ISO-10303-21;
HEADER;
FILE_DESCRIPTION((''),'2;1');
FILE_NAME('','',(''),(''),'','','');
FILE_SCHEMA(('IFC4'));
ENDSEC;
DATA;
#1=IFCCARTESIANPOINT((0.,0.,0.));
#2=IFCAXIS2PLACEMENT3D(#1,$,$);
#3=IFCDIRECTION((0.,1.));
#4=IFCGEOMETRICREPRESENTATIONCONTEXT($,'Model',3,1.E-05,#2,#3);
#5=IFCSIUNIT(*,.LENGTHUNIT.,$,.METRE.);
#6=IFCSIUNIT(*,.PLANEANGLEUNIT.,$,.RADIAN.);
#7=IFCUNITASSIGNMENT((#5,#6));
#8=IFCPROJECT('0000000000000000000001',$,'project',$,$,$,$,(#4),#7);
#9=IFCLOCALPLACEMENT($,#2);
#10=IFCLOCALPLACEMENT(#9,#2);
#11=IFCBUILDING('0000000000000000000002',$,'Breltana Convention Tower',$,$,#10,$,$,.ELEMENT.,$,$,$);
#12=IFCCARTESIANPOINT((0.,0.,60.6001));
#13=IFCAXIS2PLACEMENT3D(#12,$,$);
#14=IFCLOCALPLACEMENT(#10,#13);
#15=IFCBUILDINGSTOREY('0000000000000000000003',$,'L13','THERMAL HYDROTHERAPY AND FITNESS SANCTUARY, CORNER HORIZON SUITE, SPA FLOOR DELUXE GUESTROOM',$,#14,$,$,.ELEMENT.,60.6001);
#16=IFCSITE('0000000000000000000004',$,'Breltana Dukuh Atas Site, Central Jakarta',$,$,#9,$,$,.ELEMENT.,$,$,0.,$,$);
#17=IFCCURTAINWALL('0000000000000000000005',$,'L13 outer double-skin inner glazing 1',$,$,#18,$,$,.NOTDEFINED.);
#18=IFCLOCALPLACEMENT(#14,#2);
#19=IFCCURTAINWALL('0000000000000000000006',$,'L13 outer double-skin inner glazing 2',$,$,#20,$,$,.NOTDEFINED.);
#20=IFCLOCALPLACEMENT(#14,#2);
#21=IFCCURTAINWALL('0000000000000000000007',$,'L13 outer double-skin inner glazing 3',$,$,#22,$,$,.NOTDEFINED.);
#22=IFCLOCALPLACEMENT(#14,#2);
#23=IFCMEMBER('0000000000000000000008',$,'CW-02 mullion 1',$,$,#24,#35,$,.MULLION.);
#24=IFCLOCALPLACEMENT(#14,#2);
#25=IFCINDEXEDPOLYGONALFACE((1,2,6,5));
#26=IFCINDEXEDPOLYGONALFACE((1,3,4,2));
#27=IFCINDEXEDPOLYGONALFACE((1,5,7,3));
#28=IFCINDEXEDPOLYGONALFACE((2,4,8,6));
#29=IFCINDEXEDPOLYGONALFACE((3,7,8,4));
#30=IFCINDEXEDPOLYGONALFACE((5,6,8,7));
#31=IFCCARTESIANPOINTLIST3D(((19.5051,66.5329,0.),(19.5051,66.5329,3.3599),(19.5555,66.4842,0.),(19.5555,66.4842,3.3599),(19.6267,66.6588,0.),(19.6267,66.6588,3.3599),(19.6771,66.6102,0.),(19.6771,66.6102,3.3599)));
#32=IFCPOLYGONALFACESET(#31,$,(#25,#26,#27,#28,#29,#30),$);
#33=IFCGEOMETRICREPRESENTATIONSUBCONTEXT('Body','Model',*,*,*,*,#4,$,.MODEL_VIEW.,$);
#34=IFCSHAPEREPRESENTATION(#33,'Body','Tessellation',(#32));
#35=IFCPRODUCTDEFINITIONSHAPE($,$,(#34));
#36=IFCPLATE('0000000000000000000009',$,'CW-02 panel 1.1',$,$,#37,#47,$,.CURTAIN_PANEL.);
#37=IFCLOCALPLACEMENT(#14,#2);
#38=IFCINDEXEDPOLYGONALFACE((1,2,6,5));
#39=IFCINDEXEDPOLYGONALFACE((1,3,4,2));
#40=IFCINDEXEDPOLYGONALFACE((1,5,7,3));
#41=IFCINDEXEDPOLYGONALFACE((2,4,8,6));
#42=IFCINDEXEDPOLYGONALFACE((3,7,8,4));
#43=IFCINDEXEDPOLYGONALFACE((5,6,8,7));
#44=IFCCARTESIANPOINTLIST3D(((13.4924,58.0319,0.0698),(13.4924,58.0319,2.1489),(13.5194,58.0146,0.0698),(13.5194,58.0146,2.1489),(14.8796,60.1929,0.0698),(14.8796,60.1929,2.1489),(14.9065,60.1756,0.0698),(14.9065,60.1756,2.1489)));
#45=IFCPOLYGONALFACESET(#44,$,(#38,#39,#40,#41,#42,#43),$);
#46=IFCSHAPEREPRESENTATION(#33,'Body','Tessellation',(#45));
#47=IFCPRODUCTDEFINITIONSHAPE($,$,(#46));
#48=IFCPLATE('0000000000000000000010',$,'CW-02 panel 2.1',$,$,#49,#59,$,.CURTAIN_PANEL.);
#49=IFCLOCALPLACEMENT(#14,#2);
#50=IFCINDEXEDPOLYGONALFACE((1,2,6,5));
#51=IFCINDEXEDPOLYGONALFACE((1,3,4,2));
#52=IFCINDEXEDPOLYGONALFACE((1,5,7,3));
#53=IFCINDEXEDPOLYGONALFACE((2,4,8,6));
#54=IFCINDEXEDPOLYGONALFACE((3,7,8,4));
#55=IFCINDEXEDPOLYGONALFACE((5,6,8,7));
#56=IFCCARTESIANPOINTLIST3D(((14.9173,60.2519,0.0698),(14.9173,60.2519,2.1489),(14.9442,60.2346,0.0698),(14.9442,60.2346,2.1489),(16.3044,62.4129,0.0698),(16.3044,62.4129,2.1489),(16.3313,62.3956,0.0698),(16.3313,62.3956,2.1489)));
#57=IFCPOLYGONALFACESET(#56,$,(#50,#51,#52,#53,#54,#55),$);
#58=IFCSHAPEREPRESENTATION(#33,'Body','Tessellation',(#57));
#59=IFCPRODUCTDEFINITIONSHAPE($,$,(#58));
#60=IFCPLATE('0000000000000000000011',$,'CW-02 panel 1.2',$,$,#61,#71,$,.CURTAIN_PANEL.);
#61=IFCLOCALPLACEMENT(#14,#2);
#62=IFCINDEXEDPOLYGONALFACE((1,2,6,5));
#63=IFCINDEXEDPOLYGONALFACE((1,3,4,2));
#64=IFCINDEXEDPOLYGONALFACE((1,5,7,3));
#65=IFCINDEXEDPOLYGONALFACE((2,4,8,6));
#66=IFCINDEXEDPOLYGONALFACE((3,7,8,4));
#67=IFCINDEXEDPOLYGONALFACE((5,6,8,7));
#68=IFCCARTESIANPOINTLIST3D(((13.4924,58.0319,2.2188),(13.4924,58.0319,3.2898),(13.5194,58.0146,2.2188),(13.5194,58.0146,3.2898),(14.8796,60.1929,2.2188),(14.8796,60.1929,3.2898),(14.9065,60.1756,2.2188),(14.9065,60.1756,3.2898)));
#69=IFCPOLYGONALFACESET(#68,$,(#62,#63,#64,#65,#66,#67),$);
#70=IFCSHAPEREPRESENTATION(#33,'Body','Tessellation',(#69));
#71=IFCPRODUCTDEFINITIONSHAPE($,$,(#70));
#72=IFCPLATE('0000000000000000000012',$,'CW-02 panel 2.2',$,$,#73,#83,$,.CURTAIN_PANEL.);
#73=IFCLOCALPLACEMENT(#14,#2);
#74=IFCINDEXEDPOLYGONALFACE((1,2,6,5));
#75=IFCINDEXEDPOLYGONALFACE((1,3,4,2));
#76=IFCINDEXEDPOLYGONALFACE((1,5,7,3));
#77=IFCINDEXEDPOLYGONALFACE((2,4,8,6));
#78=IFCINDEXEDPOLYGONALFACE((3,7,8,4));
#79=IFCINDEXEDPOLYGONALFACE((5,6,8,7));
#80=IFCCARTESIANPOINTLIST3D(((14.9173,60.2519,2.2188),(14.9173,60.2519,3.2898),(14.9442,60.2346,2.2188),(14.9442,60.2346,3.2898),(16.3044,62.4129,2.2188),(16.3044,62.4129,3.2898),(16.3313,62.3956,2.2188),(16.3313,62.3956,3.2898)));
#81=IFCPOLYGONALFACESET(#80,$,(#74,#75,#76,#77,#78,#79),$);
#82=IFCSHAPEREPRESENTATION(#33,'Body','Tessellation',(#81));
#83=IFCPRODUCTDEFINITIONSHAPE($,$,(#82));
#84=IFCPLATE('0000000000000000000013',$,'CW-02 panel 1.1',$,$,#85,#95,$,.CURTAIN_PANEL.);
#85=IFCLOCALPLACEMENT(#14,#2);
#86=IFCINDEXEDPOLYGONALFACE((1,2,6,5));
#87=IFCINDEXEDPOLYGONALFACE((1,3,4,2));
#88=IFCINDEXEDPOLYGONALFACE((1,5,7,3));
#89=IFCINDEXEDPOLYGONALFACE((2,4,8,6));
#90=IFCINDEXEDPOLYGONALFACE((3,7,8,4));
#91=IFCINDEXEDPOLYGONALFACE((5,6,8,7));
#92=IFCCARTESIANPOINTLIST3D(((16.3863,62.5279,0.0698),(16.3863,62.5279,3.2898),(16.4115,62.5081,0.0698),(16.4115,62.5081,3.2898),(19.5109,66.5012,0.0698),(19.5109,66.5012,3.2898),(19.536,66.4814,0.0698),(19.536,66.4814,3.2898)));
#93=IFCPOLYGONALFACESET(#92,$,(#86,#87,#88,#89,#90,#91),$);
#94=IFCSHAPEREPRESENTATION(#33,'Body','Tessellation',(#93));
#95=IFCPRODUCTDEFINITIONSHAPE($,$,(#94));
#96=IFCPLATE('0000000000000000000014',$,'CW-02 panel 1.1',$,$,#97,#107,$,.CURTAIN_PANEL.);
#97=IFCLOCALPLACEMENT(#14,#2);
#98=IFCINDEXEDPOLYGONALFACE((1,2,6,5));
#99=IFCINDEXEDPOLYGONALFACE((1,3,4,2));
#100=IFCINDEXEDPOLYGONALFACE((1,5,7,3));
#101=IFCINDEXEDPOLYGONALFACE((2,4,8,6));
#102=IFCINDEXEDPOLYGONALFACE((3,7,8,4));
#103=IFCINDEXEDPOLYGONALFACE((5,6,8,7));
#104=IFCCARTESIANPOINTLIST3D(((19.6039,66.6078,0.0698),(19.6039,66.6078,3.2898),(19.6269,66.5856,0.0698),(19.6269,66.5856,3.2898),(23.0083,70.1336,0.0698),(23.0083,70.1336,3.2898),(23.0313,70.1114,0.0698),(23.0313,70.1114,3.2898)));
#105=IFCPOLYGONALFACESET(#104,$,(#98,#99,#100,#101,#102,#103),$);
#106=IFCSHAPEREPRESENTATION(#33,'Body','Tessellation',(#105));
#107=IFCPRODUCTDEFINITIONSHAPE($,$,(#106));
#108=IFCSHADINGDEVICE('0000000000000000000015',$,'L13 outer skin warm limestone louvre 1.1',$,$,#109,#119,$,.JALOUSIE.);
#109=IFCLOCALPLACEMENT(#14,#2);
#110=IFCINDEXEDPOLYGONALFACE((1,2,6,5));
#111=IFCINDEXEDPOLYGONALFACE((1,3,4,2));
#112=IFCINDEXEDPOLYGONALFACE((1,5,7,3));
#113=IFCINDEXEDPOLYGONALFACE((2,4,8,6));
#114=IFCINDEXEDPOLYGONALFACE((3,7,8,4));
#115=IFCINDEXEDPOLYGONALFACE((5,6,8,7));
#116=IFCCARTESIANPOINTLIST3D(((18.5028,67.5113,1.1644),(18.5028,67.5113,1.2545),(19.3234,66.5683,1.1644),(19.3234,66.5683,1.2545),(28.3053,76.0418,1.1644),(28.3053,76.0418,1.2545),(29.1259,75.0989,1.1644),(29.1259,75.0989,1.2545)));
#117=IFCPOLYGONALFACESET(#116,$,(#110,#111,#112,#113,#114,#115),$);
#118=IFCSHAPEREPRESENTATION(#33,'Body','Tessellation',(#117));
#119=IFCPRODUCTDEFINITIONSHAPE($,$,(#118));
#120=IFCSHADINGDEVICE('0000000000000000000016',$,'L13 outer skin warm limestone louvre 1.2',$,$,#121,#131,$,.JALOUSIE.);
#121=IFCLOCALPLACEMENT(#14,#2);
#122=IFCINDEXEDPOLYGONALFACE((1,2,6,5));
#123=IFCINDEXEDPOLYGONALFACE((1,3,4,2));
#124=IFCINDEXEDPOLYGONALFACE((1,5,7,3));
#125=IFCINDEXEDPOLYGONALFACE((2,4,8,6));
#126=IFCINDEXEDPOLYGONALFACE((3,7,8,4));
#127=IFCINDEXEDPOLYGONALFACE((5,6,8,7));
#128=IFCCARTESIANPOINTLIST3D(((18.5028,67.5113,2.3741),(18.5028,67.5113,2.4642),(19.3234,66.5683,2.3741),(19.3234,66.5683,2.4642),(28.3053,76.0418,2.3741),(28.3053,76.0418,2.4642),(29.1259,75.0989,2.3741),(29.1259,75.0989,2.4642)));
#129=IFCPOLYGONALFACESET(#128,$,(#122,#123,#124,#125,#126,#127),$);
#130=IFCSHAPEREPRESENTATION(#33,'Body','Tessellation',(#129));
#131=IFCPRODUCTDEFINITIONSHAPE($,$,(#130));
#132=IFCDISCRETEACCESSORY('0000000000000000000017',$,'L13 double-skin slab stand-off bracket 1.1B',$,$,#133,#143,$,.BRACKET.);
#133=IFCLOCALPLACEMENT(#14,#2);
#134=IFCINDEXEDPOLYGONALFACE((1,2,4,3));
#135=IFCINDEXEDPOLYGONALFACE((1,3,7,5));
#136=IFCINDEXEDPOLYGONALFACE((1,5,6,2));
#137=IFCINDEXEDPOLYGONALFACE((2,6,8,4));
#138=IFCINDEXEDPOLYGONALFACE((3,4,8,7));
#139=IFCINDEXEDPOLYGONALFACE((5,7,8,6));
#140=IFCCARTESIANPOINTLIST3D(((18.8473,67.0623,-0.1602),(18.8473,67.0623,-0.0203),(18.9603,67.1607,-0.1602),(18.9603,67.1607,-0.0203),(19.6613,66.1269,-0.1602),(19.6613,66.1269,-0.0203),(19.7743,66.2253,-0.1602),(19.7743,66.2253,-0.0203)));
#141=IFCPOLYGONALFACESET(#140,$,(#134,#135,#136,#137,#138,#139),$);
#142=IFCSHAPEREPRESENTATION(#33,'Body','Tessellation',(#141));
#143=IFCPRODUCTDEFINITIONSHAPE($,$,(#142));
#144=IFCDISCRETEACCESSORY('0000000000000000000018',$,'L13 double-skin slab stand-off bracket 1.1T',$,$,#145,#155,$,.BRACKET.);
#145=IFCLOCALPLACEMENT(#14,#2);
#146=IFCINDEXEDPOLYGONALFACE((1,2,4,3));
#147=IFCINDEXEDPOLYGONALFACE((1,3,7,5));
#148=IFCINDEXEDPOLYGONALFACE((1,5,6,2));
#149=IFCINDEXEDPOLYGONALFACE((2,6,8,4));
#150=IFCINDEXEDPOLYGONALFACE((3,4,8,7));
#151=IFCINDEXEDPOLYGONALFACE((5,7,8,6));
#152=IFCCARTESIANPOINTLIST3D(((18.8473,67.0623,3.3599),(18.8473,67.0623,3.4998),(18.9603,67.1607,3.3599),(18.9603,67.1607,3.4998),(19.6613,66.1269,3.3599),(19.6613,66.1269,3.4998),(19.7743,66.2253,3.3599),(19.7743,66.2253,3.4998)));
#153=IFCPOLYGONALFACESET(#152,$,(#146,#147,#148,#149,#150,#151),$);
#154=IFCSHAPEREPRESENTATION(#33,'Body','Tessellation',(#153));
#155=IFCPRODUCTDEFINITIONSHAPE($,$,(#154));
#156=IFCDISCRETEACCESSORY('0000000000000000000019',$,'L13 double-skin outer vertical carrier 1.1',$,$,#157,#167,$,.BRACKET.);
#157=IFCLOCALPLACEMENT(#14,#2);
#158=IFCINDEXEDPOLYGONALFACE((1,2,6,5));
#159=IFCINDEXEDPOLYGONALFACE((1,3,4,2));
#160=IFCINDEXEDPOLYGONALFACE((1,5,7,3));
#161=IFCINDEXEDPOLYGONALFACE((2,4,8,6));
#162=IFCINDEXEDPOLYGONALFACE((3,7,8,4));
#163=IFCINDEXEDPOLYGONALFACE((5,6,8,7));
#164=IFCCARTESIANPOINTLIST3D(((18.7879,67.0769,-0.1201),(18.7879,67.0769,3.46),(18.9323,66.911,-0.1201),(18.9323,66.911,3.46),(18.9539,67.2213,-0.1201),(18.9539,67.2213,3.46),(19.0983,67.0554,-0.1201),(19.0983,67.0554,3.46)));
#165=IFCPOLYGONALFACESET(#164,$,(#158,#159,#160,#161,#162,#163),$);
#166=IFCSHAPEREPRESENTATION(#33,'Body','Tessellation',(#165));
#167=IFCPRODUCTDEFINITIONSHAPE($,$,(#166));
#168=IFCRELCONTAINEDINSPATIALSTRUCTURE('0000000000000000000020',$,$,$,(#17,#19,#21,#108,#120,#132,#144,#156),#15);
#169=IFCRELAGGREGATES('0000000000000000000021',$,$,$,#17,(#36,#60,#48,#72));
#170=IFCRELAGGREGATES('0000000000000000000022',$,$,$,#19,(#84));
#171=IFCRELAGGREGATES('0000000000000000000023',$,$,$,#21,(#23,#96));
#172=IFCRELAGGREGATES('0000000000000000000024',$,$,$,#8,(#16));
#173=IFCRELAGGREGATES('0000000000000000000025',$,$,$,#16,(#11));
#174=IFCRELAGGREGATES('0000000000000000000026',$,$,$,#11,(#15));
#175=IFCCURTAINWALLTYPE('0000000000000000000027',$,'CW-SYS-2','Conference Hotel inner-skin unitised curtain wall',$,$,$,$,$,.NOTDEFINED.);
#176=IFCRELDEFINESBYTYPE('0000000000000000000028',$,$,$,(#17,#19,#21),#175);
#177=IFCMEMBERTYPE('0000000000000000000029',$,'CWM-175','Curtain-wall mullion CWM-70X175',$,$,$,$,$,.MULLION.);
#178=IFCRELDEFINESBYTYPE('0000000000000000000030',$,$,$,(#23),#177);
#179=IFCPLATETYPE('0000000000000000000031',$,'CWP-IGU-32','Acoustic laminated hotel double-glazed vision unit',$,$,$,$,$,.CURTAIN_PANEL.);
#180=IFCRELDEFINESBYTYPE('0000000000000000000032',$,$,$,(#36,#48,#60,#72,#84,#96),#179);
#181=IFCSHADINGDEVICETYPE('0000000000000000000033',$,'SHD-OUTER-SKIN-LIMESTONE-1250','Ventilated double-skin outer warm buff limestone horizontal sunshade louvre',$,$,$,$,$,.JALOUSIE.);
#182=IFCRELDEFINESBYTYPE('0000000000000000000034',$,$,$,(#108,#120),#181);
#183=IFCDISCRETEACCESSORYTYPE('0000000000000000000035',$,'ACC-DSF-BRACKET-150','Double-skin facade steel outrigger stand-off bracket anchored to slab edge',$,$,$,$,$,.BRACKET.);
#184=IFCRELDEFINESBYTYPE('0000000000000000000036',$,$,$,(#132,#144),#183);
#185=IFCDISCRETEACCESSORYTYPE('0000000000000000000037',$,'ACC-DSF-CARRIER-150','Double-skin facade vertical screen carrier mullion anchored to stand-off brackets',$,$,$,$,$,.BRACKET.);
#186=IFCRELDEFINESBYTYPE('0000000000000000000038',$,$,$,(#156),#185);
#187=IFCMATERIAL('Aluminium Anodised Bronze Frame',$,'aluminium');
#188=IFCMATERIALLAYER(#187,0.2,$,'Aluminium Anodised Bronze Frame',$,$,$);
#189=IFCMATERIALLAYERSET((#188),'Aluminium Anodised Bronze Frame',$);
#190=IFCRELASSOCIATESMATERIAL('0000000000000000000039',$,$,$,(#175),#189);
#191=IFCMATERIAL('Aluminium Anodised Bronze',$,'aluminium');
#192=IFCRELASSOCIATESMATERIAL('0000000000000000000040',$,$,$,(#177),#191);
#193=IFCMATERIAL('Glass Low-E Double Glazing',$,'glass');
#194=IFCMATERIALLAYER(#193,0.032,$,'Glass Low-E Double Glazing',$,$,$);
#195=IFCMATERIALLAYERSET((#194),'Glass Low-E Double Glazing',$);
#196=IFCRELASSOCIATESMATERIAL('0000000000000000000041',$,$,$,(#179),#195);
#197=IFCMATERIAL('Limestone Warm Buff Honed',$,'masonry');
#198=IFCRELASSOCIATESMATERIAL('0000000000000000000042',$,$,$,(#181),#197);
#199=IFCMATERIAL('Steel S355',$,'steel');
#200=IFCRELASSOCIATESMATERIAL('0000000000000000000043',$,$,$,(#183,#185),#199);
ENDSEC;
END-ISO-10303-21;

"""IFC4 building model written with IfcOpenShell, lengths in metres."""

from ifc_helpers import new_model, si_unit, direction, frame, origin, origin_2d, place, context, subcontext, project, spatial, rectangle, extrude, source, transform, mapped, material, layer, layer_set, material_profile, profile_set, type_object, type_shapes, element, aggregate, save


model = new_model("IFC4")

# Units and contexts
model_context = context("Model", 3, precision=1e-05, world=origin(), true_north=direction((0.0, 1.0)))
body_context = subcontext(model_context, "Body", "Model", "MODEL_VIEW")
ifc_project = project(units=[si_unit("LENGTHUNIT", "METRE"), si_unit("PLANEANGLEUNIT", "RADIAN")], contexts=[model_context])

# Site, building, storey
site_placement = place(None, origin())
site = spatial("IfcSite", under=ifc_project, at=site_placement, Name="Breltana Dukuh Atas Site, Central Jakarta", CompositionType="ELEMENT", RefElevation=0.0)
building_placement = place(site_placement, origin())
building = spatial("IfcBuilding", under=site, at=building_placement, Name="Breltana Convention Tower", CompositionType="ELEMENT")
storey_placement = place(building_placement, frame((0.0, 0.0, 60.6001)))
storey = spatial("IfcBuildingStorey", under=building, at=storey_placement, Name="L13", Description="THERMAL HYDROTHERAPY AND FITNESS SANCTUARY, CORNER HORIZON SUITE, SPA FLOOR DELUXE GUESTROOM", CompositionType="ELEMENT", Elevation=60.6001)

# Curtain walls
ifc_material_1 = material(Name="Aluminium Anodised Bronze Frame", Category="aluminium")
ifc_layer_1 = layer(ifc_material_1, 0.2, Name="Aluminium Anodised Bronze Frame")
ifc_layer_set_1 = layer_set([ifc_layer_1], Name="Aluminium Anodised Bronze Frame")
curtain_wall_type = type_object("IfcCurtainWallType", Name="CW-SYS-2", Description="Conference Hotel inner-skin unitised curtain wall", PredefinedType="NOTDEFINED", material=ifc_layer_set_1)
curtain_wall_1_placement = place(storey_placement, origin())
curtain_wall_1 = element("IfcCurtainWall", 1, at=curtain_wall_1_placement, inside=storey, type_object=curtain_wall_type, Name="L13 outer double-skin inner glazing 1", PredefinedType="NOTDEFINED")
ifc_material_2 = material(Name="Aluminium Anodised Bronze", Category="aluminium")
curtain_wall_2_placement = place(storey_placement, origin())
curtain_wall_2 = element("IfcCurtainWall", 2, at=curtain_wall_2_placement, inside=storey, type_object=curtain_wall_type, Name="L13 outer double-skin inner glazing 2", PredefinedType="NOTDEFINED")
curtain_wall_3_placement = place(storey_placement, origin())
curtain_wall_3 = element("IfcCurtainWall", 3, at=curtain_wall_3_placement, inside=storey, type_object=curtain_wall_type, Name="L13 outer double-skin inner glazing 3", PredefinedType="NOTDEFINED")

# Member
ifc_material_profile_1 = material_profile(ifc_material_2, rectangle(XDim=0.0701, YDim=0.175, at=origin_2d()), Name="CWM-70X175")
ifc_profile_set_1 = profile_set([ifc_material_profile_1], Name="Aluminium Anodised Bronze")
member_type_1 = type_object("IfcMemberType", Name="CWM-175", Description="Curtain-wall mullion CWM-70X175", PredefinedType="MULLION", material=ifc_profile_set_1)
shared_shape_1 = source(origin(), body_context, "Body", "SweptSolid", [
    extrude(rectangle(XDim=0.0701, YDim=0.175, at=origin_2d()), origin(), (0.0, 0.0, 1.0), 3.3599),
])
member_1_placement = place(storey_placement, frame((19.5911, 66.5715, 0.0), z_axis=(0.0, 0.0, 1.0), x_axis=(-0.719386, 0.69461, 0.0)))
member_1 = element("IfcMember", 4, at=member_1_placement, type_object=member_type_1, Name="CW-02 mullion 1", PredefinedType="MULLION", context=body_context, shape_type="MappedRepresentation", body=[
    mapped(shared_shape_1, transform((0.0, 0.0, 0.0), scale=1.0)),
])

# Plates
ifc_material_3 = material(Name="Glass Low-E Double Glazing", Category="glass")
ifc_layer_2 = layer(ifc_material_3, 0.032, Name="Glass Low-E Double Glazing")
ifc_layer_set_2 = layer_set([ifc_layer_2], Name="Glass Low-E Double Glazing")
plate_type = type_object("IfcPlateType", Name="CWP-IGU-32", Description="Acoustic laminated hotel double-glazed vision unit", PredefinedType="CURTAIN_PANEL", material=ifc_layer_set_2)
shared_shape_2 = source(origin(), body_context, "Body", "SweptSolid", [
    extrude(rectangle(XDim=2.5679, YDim=0.032, at=origin_2d()), origin(), (0.0, 0.0, 1.0), 2.0791),
])
type_shapes(plate_type, [shared_shape_2])
plate_1_placement = place(storey_placement, frame((14.1995, 59.1038, 0.0698), z_axis=(0.0, 0.0, 1.0), x_axis=(0.540181, 0.841549, 0.0)))
plate_1 = element("IfcPlate", 5, at=plate_1_placement, type_object=plate_type, Name="CW-02 panel 1.1", PredefinedType="CURTAIN_PANEL", context=body_context, shape_type="MappedRepresentation", body=[
    mapped(shared_shape_2, transform((0.0, 0.0, 0.0), scale=1.0)),
])
plate_2_placement = place(storey_placement, frame((15.6243, 61.3237, 0.0698), z_axis=(0.0, 0.0, 1.0), x_axis=(0.540181, 0.841549, 0.0)))
plate_2 = element("IfcPlate", 6, at=plate_2_placement, type_object=plate_type, Name="CW-02 panel 2.1", PredefinedType="CURTAIN_PANEL", context=body_context, shape_type="MappedRepresentation", body=[
    mapped(shared_shape_2, transform((0.0, 0.0, 0.0), scale=1.0)),
])
shared_shape_3 = source(origin(), body_context, "Body", "SweptSolid", [
    extrude(rectangle(XDim=2.5679, YDim=0.032, at=origin_2d()), origin(), (0.0, 0.0, 1.0), 1.071),
])
plate_3_placement = place(storey_placement, frame((14.1995, 59.1038, 2.2188), z_axis=(0.0, 0.0, 1.0), x_axis=(0.540181, 0.841549, 0.0)))
plate_3 = element("IfcPlate", 7, at=plate_3_placement, type_object=plate_type, Name="CW-02 panel 1.2", PredefinedType="CURTAIN_PANEL", context=body_context, shape_type="MappedRepresentation", body=[
    mapped(shared_shape_3, transform((0.0, 0.0, 0.0), scale=1.0)),
])
plate_4_placement = place(storey_placement, frame((15.6243, 61.3237, 2.2188), z_axis=(0.0, 0.0, 1.0), x_axis=(0.540181, 0.841549, 0.0)))
plate_4 = element("IfcPlate", 8, at=plate_4_placement, type_object=plate_type, Name="CW-02 panel 2.2", PredefinedType="CURTAIN_PANEL", context=body_context, shape_type="MappedRepresentation", body=[
    mapped(shared_shape_3, transform((0.0, 0.0, 0.0), scale=1.0)),
])
aggregate(curtain_wall_1, [plate_1, plate_3, plate_2, plate_4])
shared_shape_4 = source(origin(), body_context, "Body", "SweptSolid", [
    extrude(rectangle(XDim=5.0547, YDim=0.032, at=origin_2d()), origin(), (0.0, 0.0, 1.0), 3.22),
])
plate_5_placement = place(storey_placement, frame((17.9612, 64.5046, 0.0698), z_axis=(0.0, 0.0, 1.0), x_axis=(0.618154, 0.786057, 0.0)))
plate_5 = element("IfcPlate", 9, at=plate_5_placement, type_object=plate_type, Name="CW-02 panel 1.1", PredefinedType="CURTAIN_PANEL", context=body_context, shape_type="MappedRepresentation", body=[
    mapped(shared_shape_4, transform((0.0, 0.0, 0.0), scale=1.0)),
])
aggregate(curtain_wall_2, [plate_5])
shared_shape_5 = source(origin(), body_context, "Body", "SweptSolid", [
    extrude(rectangle(XDim=4.9011, YDim=0.032, at=origin_2d()), origin(), (0.0, 0.0, 1.0), 3.22),
])
plate_6_placement = place(storey_placement, frame((21.3176, 68.3596, 0.0698), z_axis=(0.0, 0.0, 1.0), x_axis=(0.69461, 0.719386, 0.0)))
plate_6 = element("IfcPlate", 10, at=plate_6_placement, type_object=plate_type, Name="CW-02 panel 1.1", PredefinedType="CURTAIN_PANEL", context=body_context, shape_type="MappedRepresentation", body=[
    mapped(shared_shape_5, transform((0.0, 0.0, 0.0), scale=1.0)),
])
aggregate(curtain_wall_3, [member_1, plate_6])

# Shading devices
ifc_material_4 = material(Name="Limestone Warm Buff Honed", Category="masonry")
ifc_material_profile_2 = material_profile(ifc_material_4, rectangle(XDim=1.25, YDim=0.0901, at=origin_2d()), Name="STN-LVR-1250X90")
ifc_profile_set_2 = profile_set([ifc_material_profile_2], Name="Limestone Warm Buff Honed")
shading_device_type = type_object("IfcShadingDeviceType", Name="SHD-OUTER-SKIN-LIMESTONE-1250", Description="Ventilated double-skin outer warm buff limestone horizontal sunshade louvre", PredefinedType="JALOUSIE", material=ifc_profile_set_2)
shared_shape_6 = source(origin(), body_context, "Body", "SweptSolid", [
    extrude(rectangle(XDim=1.25, YDim=0.0901, at=origin_2d()), origin(), (0.0, 0.0, 1.0), 12.9946),
])
type_shapes(shading_device_type, [shared_shape_6])
for number, where, z_axis, x_axis, name in (
    (11, (18.9131, 67.0398, 1.2095), (0.754353, 0.656468, 0.0), (-0.656468, 0.754353, 0.0), "L13 outer skin warm limestone louvre 1.1"),
    (12, (18.9131, 67.0398, 2.4192), (0.754353, 0.656468, 0.0), (-0.656468, 0.754353, 0.0), "L13 outer skin warm limestone louvre 1.2"),
):
    element("IfcShadingDevice", number, at=place(storey_placement, frame(where, z_axis=z_axis, x_axis=x_axis)), inside=storey, type_object=shading_device_type, Name=name, PredefinedType="JALOUSIE", context=body_context, shape_type="MappedRepresentation", body=[
        mapped(shared_shape_6, transform((0.0, 0.0, 0.0), scale=1.0)),
    ])

# Discrete accessories
ifc_material_5 = material(Name="Steel S355", Category="steel")
discrete_accessory_type_1 = type_object("IfcDiscreteAccessoryType", Name="ACC-DSF-BRACKET-150", Description="Double-skin facade steel outrigger stand-off bracket anchored to slab edge", PredefinedType="BRACKET", material=ifc_material_5)
shared_shape_7 = source(origin(), body_context, "Body", "SweptSolid", [
    extrude(rectangle(XDim=1.24, YDim=0.1499, at=origin_2d()), origin(), (0.0, 0.0, 1.0), 0.1399),
])
type_shapes(discrete_accessory_type_1, [shared_shape_7])
for number, where, z_axis, x_axis, name in (
    (13, (19.3108, 66.6438, -0.1602), (0.0, 0.0, 1.0), (-0.656457, 0.754364, 0.0), "L13 double-skin slab stand-off bracket 1.1B"),
    (14, (19.3108, 66.6438, 3.3599), (0.0, 0.0, 1.0), (-0.656457, 0.754364, 0.0), "L13 double-skin slab stand-off bracket 1.1T"),
):
    element("IfcDiscreteAccessory", number, at=place(storey_placement, frame(where, z_axis=z_axis, x_axis=x_axis)), inside=storey, type_object=discrete_accessory_type_1, Name=name, PredefinedType="BRACKET", context=body_context, shape_type="MappedRepresentation", body=[
        mapped(shared_shape_7, transform((0.0, 0.0, 0.0), scale=1.0)),
    ])
discrete_accessory_type_2 = type_object("IfcDiscreteAccessoryType", Name="ACC-DSF-CARRIER-150", Description="Double-skin facade vertical screen carrier mullion anchored to stand-off brackets", PredefinedType="BRACKET", material=ifc_material_5)
shared_shape_8 = source(origin(), body_context, "Body", "SweptSolid", [
    extrude(rectangle(XDim=0.22, YDim=0.22, at=origin_2d()), origin(), (0.0, 0.0, 1.0), 3.5801),
])
discrete_accessory_placement = place(storey_placement, frame((18.9431, 67.0662, -0.1201), z_axis=(0.0, 0.0, 1.0), x_axis=(-0.656457, 0.754364, 0.0)))
element("IfcDiscreteAccessory", 15, at=discrete_accessory_placement, inside=storey, type_object=discrete_accessory_type_2, Name="L13 double-skin outer vertical carrier 1.1", PredefinedType="BRACKET", context=body_context, shape_type="MappedRepresentation", body=[
    mapped(shared_shape_8, transform((0.0, 0.0, 0.0), scale=1.0)),
])

save(model, "model.ifc")
